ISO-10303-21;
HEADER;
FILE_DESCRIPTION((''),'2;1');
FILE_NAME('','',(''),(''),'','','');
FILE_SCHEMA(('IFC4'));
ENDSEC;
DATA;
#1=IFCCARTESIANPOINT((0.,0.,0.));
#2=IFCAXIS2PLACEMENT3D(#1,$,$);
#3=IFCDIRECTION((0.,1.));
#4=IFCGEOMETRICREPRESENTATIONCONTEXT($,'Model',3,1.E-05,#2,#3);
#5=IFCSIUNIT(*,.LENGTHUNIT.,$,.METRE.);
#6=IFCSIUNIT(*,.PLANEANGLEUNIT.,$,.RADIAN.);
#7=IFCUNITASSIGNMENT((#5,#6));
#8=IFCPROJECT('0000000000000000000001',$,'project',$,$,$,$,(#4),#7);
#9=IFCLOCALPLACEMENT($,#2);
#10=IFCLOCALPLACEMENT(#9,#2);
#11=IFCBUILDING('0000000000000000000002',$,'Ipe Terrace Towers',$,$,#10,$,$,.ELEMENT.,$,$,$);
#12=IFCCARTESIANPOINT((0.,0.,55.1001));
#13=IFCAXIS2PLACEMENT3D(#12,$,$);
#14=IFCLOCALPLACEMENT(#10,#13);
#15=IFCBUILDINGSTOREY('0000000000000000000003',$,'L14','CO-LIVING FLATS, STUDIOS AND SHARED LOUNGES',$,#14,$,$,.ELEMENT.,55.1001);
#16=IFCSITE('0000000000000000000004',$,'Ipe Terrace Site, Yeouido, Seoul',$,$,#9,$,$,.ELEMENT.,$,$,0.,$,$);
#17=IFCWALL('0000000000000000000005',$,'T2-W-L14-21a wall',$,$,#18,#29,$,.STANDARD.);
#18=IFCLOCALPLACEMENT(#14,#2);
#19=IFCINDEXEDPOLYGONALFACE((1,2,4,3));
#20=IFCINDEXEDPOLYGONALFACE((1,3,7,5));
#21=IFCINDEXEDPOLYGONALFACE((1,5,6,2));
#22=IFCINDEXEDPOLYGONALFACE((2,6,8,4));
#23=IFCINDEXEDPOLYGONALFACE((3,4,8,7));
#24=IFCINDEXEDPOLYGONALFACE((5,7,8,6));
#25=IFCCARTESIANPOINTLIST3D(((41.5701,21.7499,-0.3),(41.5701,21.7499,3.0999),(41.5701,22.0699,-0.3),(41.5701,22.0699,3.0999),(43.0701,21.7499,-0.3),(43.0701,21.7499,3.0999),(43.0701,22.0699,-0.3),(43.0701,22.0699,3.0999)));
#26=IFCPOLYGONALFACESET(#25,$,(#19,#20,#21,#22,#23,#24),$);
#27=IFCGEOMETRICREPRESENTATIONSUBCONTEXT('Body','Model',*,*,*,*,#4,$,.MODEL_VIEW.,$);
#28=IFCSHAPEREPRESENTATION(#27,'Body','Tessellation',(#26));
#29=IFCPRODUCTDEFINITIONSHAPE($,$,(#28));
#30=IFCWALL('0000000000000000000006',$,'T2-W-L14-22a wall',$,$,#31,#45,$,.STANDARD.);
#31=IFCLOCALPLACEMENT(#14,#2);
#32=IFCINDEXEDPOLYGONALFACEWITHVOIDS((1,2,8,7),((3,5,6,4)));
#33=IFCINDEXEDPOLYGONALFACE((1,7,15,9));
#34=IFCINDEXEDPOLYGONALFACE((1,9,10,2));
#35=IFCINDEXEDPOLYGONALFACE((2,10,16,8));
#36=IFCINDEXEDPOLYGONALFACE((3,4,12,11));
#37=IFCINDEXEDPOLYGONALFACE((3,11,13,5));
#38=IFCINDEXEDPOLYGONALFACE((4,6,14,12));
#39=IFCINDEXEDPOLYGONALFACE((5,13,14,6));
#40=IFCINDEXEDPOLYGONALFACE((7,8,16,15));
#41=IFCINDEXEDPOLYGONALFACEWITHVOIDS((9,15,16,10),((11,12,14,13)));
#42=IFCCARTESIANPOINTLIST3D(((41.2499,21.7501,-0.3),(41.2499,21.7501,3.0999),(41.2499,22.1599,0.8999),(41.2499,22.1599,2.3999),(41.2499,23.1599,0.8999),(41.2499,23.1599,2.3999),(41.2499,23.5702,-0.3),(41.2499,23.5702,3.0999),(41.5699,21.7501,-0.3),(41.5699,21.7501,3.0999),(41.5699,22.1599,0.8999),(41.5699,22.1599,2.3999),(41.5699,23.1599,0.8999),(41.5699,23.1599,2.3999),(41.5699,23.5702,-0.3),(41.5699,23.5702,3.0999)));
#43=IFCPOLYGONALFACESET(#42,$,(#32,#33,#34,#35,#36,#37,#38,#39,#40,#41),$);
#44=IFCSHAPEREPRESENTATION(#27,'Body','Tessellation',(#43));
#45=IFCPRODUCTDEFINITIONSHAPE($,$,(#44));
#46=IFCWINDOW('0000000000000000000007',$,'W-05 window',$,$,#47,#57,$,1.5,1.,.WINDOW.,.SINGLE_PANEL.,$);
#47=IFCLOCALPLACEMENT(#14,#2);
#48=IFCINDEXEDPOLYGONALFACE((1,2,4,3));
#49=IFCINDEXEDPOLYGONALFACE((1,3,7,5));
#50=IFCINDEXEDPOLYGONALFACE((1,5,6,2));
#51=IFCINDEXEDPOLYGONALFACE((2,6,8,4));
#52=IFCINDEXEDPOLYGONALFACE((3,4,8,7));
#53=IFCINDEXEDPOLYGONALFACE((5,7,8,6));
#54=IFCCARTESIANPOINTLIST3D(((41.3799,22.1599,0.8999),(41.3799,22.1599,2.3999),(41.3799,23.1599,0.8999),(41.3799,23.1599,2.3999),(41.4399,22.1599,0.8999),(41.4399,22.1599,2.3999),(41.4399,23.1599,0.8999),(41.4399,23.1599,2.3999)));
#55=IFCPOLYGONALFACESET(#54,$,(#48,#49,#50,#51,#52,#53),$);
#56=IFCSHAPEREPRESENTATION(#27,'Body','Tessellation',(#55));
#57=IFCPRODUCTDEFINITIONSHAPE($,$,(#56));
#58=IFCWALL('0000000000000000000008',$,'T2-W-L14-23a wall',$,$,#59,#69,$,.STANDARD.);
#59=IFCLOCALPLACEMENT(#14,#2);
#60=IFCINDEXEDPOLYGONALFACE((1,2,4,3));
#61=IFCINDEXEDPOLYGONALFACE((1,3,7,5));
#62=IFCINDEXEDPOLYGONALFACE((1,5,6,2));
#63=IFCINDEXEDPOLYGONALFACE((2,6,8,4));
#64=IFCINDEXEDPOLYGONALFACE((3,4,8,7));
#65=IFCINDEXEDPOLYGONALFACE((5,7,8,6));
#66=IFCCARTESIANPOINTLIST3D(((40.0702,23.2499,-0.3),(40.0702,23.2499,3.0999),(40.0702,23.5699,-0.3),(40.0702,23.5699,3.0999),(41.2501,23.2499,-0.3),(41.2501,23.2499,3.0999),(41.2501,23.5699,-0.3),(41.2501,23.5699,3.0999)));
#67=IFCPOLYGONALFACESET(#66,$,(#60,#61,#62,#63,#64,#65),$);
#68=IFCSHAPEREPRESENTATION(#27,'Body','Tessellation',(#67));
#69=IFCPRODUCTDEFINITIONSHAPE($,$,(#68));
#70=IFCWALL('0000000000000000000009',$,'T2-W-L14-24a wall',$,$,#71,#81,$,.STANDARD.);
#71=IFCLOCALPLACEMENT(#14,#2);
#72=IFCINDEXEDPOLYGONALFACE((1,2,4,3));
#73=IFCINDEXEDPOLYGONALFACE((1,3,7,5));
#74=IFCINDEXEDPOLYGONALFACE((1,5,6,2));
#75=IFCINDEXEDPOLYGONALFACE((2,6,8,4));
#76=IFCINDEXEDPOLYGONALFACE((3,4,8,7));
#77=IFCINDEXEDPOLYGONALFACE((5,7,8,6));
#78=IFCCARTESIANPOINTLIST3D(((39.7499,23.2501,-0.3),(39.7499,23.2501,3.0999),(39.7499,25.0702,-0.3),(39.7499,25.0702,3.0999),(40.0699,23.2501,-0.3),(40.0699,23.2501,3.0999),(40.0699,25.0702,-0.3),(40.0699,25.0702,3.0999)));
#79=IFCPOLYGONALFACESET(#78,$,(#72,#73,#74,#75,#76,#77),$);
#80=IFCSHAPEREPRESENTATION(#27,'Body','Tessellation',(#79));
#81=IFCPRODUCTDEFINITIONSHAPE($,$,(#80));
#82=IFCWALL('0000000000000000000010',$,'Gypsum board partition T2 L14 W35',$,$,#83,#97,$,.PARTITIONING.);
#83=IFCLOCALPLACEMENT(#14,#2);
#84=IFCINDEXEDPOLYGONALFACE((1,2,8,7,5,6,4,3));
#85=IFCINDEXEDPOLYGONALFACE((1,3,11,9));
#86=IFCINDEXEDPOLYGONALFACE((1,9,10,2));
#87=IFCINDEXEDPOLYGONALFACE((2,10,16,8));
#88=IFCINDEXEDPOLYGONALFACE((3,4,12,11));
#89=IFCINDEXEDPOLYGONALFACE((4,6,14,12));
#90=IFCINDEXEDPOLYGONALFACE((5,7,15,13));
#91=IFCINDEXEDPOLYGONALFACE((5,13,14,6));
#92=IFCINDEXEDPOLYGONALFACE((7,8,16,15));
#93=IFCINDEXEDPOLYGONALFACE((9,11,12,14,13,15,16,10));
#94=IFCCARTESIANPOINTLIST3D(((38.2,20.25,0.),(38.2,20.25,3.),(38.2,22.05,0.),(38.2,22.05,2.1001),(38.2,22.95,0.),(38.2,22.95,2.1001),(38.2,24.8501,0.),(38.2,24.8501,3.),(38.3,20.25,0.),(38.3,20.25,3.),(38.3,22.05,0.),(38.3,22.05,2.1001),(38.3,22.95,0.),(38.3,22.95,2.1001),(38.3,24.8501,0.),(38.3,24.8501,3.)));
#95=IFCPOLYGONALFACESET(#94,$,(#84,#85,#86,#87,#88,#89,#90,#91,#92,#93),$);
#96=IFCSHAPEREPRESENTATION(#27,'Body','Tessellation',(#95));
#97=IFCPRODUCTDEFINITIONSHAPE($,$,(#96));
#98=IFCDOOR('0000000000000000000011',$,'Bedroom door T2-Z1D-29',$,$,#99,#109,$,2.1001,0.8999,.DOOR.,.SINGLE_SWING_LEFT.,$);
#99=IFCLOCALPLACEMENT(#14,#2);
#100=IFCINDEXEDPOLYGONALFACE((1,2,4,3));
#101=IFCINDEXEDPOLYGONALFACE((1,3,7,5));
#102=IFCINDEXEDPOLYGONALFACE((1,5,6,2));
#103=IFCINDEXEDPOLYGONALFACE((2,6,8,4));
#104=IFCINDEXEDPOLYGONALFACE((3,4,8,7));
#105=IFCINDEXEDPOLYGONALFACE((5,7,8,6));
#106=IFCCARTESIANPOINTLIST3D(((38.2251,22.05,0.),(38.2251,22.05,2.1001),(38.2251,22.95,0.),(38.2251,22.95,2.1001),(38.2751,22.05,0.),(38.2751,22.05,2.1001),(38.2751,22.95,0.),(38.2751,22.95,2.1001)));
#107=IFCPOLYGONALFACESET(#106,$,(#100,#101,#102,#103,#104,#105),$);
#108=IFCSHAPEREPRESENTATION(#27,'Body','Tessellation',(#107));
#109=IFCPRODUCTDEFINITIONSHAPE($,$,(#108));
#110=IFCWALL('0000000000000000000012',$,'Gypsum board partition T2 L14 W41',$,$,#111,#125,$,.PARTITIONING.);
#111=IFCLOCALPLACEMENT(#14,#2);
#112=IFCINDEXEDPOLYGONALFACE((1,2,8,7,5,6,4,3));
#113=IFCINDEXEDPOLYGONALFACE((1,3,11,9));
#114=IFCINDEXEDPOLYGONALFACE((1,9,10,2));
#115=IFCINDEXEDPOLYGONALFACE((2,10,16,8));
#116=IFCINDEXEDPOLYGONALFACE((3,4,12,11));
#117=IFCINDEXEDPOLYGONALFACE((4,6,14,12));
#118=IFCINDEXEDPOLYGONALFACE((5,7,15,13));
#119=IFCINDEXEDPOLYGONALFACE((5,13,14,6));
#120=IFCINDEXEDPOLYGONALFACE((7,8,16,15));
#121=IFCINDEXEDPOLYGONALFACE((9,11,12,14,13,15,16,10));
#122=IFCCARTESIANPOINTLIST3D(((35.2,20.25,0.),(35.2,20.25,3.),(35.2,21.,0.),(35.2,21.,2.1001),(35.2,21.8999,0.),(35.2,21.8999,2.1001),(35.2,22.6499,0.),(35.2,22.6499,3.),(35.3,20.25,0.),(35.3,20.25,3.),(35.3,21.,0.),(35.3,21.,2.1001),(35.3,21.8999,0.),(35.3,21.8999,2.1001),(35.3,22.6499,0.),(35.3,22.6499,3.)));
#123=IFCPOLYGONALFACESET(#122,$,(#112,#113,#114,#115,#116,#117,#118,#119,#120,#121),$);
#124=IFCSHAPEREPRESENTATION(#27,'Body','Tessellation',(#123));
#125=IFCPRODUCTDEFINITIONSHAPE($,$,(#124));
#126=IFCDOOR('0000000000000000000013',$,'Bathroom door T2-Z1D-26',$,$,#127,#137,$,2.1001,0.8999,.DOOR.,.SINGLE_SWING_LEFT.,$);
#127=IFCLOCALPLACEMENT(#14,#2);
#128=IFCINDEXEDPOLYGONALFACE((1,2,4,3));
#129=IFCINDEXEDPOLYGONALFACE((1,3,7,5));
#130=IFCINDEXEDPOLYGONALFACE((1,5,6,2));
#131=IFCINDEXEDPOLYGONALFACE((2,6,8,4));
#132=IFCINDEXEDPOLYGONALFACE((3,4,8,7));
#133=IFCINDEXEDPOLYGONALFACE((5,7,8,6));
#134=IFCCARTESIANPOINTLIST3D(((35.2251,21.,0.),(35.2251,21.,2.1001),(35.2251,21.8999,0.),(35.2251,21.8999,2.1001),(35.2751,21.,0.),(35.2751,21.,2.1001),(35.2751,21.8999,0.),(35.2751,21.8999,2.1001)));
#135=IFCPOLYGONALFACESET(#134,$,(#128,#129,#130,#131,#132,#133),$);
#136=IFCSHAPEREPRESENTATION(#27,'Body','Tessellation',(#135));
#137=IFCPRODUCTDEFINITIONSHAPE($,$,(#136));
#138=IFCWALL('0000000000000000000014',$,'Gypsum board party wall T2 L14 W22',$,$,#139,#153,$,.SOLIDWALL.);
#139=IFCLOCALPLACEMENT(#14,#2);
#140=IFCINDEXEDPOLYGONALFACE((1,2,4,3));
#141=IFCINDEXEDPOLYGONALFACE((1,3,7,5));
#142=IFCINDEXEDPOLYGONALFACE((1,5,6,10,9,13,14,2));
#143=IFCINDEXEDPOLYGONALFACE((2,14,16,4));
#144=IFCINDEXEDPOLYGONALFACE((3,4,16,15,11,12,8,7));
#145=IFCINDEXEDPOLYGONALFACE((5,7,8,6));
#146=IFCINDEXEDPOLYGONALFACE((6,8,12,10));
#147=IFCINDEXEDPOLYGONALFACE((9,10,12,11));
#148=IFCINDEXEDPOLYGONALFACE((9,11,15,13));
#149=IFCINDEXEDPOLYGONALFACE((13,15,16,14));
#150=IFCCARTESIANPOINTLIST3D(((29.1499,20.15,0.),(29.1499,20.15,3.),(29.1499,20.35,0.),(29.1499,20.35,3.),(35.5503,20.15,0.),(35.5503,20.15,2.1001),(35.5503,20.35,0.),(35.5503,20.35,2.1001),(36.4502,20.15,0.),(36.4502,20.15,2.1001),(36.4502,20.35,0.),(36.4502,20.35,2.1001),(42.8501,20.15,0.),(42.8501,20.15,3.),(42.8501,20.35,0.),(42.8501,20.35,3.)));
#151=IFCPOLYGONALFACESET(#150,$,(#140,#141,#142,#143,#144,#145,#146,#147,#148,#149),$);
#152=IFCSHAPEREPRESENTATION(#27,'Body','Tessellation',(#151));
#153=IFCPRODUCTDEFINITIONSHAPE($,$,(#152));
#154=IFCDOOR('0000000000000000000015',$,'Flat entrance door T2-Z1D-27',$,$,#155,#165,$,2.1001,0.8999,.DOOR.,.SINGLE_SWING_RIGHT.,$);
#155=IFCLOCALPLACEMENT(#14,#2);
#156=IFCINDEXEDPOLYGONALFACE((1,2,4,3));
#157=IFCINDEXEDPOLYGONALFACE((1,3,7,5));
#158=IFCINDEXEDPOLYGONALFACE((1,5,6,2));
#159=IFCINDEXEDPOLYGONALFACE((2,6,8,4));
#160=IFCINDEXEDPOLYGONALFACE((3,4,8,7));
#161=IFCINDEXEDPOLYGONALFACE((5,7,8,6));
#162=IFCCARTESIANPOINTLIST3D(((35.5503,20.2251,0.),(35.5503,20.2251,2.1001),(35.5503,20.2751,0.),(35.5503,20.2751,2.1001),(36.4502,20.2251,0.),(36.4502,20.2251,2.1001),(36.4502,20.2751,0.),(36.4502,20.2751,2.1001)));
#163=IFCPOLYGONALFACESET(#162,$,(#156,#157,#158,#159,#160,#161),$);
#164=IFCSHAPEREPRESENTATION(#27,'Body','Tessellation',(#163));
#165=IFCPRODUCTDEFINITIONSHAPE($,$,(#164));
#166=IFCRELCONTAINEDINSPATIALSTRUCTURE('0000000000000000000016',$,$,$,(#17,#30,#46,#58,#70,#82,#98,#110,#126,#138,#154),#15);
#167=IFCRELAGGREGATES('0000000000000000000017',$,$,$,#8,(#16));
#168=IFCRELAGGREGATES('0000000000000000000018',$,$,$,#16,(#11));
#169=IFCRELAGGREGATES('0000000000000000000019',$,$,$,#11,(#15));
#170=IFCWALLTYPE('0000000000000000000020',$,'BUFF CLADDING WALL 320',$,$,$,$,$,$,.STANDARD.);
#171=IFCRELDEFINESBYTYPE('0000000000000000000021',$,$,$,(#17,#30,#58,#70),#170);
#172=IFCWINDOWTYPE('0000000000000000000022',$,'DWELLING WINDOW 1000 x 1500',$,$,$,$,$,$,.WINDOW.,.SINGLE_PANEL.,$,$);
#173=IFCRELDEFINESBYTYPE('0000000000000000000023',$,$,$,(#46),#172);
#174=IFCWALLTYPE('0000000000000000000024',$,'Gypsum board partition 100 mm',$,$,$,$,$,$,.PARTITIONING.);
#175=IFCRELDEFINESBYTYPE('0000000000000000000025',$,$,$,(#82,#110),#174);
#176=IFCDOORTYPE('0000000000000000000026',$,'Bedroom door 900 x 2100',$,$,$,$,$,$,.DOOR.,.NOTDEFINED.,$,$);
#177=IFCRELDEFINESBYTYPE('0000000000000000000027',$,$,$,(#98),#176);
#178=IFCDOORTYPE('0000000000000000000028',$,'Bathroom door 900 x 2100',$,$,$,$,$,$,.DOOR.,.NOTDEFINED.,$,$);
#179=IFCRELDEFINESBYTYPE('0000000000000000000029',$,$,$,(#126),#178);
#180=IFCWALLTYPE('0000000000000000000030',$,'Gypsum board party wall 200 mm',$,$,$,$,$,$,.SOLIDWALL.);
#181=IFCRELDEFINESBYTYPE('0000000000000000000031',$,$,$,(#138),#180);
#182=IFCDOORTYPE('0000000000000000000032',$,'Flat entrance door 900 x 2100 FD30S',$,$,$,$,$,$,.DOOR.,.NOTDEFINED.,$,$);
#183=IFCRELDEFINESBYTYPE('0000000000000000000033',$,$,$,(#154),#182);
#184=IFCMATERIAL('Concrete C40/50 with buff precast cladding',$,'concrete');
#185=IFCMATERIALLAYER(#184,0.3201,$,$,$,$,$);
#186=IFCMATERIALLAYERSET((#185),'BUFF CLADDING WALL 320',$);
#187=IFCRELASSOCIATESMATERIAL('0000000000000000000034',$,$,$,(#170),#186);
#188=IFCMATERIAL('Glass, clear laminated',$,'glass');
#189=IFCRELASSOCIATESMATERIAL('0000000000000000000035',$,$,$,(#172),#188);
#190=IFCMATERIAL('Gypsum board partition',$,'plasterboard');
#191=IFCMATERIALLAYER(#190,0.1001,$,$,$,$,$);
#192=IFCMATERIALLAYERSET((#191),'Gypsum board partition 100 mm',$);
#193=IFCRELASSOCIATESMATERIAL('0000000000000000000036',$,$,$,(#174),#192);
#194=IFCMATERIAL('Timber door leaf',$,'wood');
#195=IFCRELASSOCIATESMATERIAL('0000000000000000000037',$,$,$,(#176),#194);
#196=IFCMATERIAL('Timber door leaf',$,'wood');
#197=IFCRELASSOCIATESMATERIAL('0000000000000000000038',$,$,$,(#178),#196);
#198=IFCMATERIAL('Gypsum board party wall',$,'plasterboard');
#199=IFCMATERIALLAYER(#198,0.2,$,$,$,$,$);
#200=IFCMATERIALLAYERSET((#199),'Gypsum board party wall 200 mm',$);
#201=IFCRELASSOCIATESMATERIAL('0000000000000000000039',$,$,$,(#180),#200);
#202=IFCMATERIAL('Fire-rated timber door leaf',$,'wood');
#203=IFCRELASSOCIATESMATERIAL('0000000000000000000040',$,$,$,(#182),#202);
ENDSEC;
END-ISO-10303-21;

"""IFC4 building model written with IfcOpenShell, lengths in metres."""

from ifc_helpers import new_model, si_unit, direction, frame, frame_2d, origin, place, context, subcontext, project, spatial, rectangle, extrude, material, layer, layer_set, type_object, element, fill, save


model = new_model("IFC4")

# Units and contexts
model_context = context("Model", 3, precision=1e-05, world=origin(), true_north=direction((0.0, 1.0)))
body_context = subcontext(model_context, "Body", "Model", "MODEL_VIEW")
ifc_project = project(units=[si_unit("LENGTHUNIT", "METRE"), si_unit("PLANEANGLEUNIT", "RADIAN")], contexts=[model_context])

# Site, building, storey
site_placement = place(None, origin())
site = spatial("IfcSite", under=ifc_project, at=site_placement, Name="Ipe Terrace Site, Yeouido, Seoul", CompositionType="ELEMENT", RefElevation=0.0)
building_placement = place(site_placement, origin())
building = spatial("IfcBuilding", under=site, at=building_placement, Name="Ipe Terrace Towers", CompositionType="ELEMENT")
storey_placement = place(building_placement, frame((0.0, 0.0, 55.1001)))
storey = spatial("IfcBuildingStorey", under=building, at=storey_placement, Name="L14", Description="CO-LIVING FLATS, STUDIOS AND SHARED LOUNGES", CompositionType="ELEMENT", Elevation=55.1001)

# Wall
ifc_material_1 = material(Name="Concrete C40/50 with buff precast cladding", Category="concrete")
ifc_layer_1 = layer(ifc_material_1, 0.3201)
ifc_layer_set_1 = layer_set([ifc_layer_1], Name="BUFF CLADDING WALL 320")
wall_type_1 = type_object("IfcWallType", Name="BUFF CLADDING WALL 320", PredefinedType="STANDARD", material=ifc_layer_set_1)
wall_1_placement = place(storey_placement, frame((43.0701, 21.9099, -0.3), z_axis=(0.0, 0.0, 1.0), x_axis=(-1.0, 0.0, 0.0)))
element("IfcWall", 1, at=wall_1_placement, inside=storey, type_object=wall_type_1, Name="T2-W-L14-21a wall", PredefinedType="STANDARD", context=body_context, shape_type="SweptSolid", body=[
    extrude(rectangle(XDim=1.5, YDim=0.3201, at=frame_2d((0.75, 0.0))), origin(), (0.0, 0.0, 1.0), 3.3999),
])

# Wall, opening, window
wall_2_placement = place(storey_placement, frame((41.4099, 21.75, -0.3), z_axis=(0.0, 0.0, 1.0), x_axis=(0.0, 1.0, 0.0)))
wall_2 = element("IfcWall", 2, at=wall_2_placement, inside=storey, type_object=wall_type_1, Name="T2-W-L14-22a wall", PredefinedType="STANDARD", context=body_context, shape_type="SweptSolid", body=[
    extrude(rectangle(XDim=1.8201, YDim=0.3201, at=frame_2d((0.9102, 0.0))), origin(), (0.0, 0.0, 1.0), 3.3999),
])
opening_1_placement = place(wall_2_placement, frame((0.4099, 0.0, 1.2)))
opening_1 = element("IfcOpeningElement", 3, at=opening_1_placement, cuts=wall_2, PredefinedType="OPENING", context=body_context, shape_type="SweptSolid", body=[
    extrude(rectangle(XDim=1.0, YDim=1.5, at=frame_2d((0.5, 0.75))), frame((0.0, 0.1699, 0.0), z_axis=(0.0, -1.0, 0.0), x_axis=(1.0, 0.0, 0.0)), (0.0, 0.0, 1.0), 0.3401),
])
ifc_material_2 = material(Name="Glass, clear laminated", Category="glass")
window_type = type_object("IfcWindowType", Name="DWELLING WINDOW 1000 x 1500", PartitioningType="SINGLE_PANEL", PredefinedType="WINDOW", material=ifc_material_2)
window_placement = place(opening_1_placement, origin())
window = element("IfcWindow", 4, at=window_placement, inside=storey, type_object=window_type, Name="W-05 window", OverallHeight=1.5, OverallWidth=1.0, PartitioningType="SINGLE_PANEL", PredefinedType="WINDOW", context=body_context, shape_type="SweptSolid", body=[
    extrude(rectangle(XDim=1.0, YDim=1.5, at=frame_2d((0.5, 0.75))), frame((0.0, 0.03, 0.0), z_axis=(0.0, -1.0, 0.0), x_axis=(1.0, 0.0, 0.0)), (0.0, 0.0, 1.0), 0.0601),
])
fill(opening_1, window)

# Walls
wall_3_placement = place(storey_placement, frame((41.25, 23.4099, -0.3), z_axis=(0.0, 0.0, 1.0), x_axis=(-1.0, 0.0, 0.0)))
element("IfcWall", 5, at=wall_3_placement, inside=storey, type_object=wall_type_1, Name="T2-W-L14-23a wall", PredefinedType="STANDARD", context=body_context, shape_type="SweptSolid", body=[
    extrude(rectangle(XDim=1.1799, YDim=0.3201, at=frame_2d((0.5898, 0.0))), origin(), (0.0, 0.0, 1.0), 3.3999),
])
wall_4_placement = place(storey_placement, frame((39.9099, 23.25, -0.3), z_axis=(0.0, 0.0, 1.0), x_axis=(0.0, 1.0, 0.0)))
element("IfcWall", 6, at=wall_4_placement, inside=storey, type_object=wall_type_1, Name="T2-W-L14-24a wall", PredefinedType="STANDARD", context=body_context, shape_type="SweptSolid", body=[
    extrude(rectangle(XDim=1.8201, YDim=0.3201, at=frame_2d((0.9102, 0.0))), origin(), (0.0, 0.0, 1.0), 3.3999),
])

# Walls, openings, doors
ifc_material_3 = material(Name="Gypsum board partition", Category="plasterboard")
ifc_layer_2 = layer(ifc_material_3, 0.1001)
ifc_layer_set_2 = layer_set([ifc_layer_2], Name="Gypsum board partition 100 mm")
wall_type_2 = type_object("IfcWallType", Name="Gypsum board partition 100 mm", PredefinedType="PARTITIONING", material=ifc_layer_set_2)
wall_5_placement = place(storey_placement, frame((38.25, 20.25, 0.0), z_axis=(0.0, 0.0, 1.0), x_axis=(0.0, 1.0, 0.0)))
wall_5 = element("IfcWall", 7, at=wall_5_placement, inside=storey, type_object=wall_type_2, Name="Gypsum board partition T2 L14 W35", PredefinedType="PARTITIONING", context=body_context, shape_type="SweptSolid", body=[
    extrude(rectangle(XDim=4.6001, YDim=0.1001, at=frame_2d((2.3, 0.0))), origin(), (0.0, 0.0, 1.0), 3.0),
])
opening_2_placement = place(wall_5_placement, frame((1.8, 0.0, 0.0)))
opening_2 = element("IfcOpeningElement", 8, at=opening_2_placement, cuts=wall_5, PredefinedType="OPENING", context=body_context, shape_type="SweptSolid", body=[
    extrude(rectangle(XDim=0.8999, YDim=2.1001, at=frame_2d((0.45, 1.05))), frame((0.0, 0.0601, 0.0), z_axis=(0.0, -1.0, 0.0), x_axis=(1.0, 0.0, 0.0)), (0.0, 0.0, 1.0), 0.1201),
])
ifc_material_4 = material(Name="Timber door leaf", Category="wood")
door_type_1 = type_object("IfcDoorType", Name="Bedroom door 900 x 2100", OperationType="NOTDEFINED", PredefinedType="DOOR", material=ifc_material_4)
door_1_placement = place(opening_2_placement, origin())
door_1 = element("IfcDoor", 9, at=door_1_placement, inside=storey, type_object=door_type_1, Name="Bedroom door T2-Z1D-29", OperationType="SINGLE_SWING_LEFT", OverallHeight=2.1001, OverallWidth=0.8999, PredefinedType="DOOR", context=body_context, shape_type="SweptSolid", body=[
    extrude(rectangle(XDim=0.8999, YDim=2.1001, at=frame_2d((0.45, 1.05))), frame((0.0, 0.0249, 0.0), z_axis=(0.0, -1.0, 0.0), x_axis=(1.0, 0.0, 0.0)), (0.0, 0.0, 1.0), 0.05),
])
fill(opening_2, door_1)
wall_6_placement = place(storey_placement, frame((35.25, 20.25, 0.0), z_axis=(0.0, 0.0, 1.0), x_axis=(0.0, 1.0, 0.0)))
wall_6 = element("IfcWall", 10, at=wall_6_placement, inside=storey, type_object=wall_type_2, Name="Gypsum board partition T2 L14 W41", PredefinedType="PARTITIONING", context=body_context, shape_type="SweptSolid", body=[
    extrude(rectangle(XDim=2.3999, YDim=0.1001, at=frame_2d((1.2, 0.0))), origin(), (0.0, 0.0, 1.0), 3.0),
])
opening_3_placement = place(wall_6_placement, frame((0.75, 0.0, 0.0)))
opening_3 = element("IfcOpeningElement", 11, at=opening_3_placement, cuts=wall_6, PredefinedType="OPENING", context=body_context, shape_type="SweptSolid", body=[
    extrude(rectangle(XDim=0.8999, YDim=2.1001, at=frame_2d((0.45, 1.05))), frame((0.0, 0.0601, 0.0), z_axis=(0.0, -1.0, 0.0), x_axis=(1.0, 0.0, 0.0)), (0.0, 0.0, 1.0), 0.1201),
])
ifc_material_5 = material(Name="Timber door leaf", Category="wood")
door_type_2 = type_object("IfcDoorType", Name="Bathroom door 900 x 2100", OperationType="NOTDEFINED", PredefinedType="DOOR", material=ifc_material_5)
door_2_placement = place(opening_3_placement, origin())
door_2 = element("IfcDoor", 12, at=door_2_placement, inside=storey, type_object=door_type_2, Name="Bathroom door T2-Z1D-26", OperationType="SINGLE_SWING_LEFT", OverallHeight=2.1001, OverallWidth=0.8999, PredefinedType="DOOR", context=body_context, shape_type="SweptSolid", body=[
    extrude(rectangle(XDim=0.8999, YDim=2.1001, at=frame_2d((0.45, 1.05))), frame((0.0, 0.0249, 0.0), z_axis=(0.0, -1.0, 0.0), x_axis=(1.0, 0.0, 0.0)), (0.0, 0.0, 1.0), 0.05),
])
fill(opening_3, door_2)
ifc_material_6 = material(Name="Gypsum board party wall", Category="plasterboard")
ifc_layer_3 = layer(ifc_material_6, 0.2)
ifc_layer_set_3 = layer_set([ifc_layer_3], Name="Gypsum board party wall 200 mm")
wall_type_3 = type_object("IfcWallType", Name="Gypsum board party wall 200 mm", PredefinedType="SOLIDWALL", material=ifc_layer_set_3)
wall_7_placement = place(storey_placement, frame((42.8501, 20.25, 0.0), z_axis=(0.0, 0.0, 1.0), x_axis=(-1.0, 0.0, 0.0)))
wall_7 = element("IfcWall", 13, at=wall_7_placement, inside=storey, type_object=wall_type_3, Name="Gypsum board party wall T2 L14 W22", PredefinedType="SOLIDWALL", context=body_context, shape_type="SweptSolid", body=[
    extrude(rectangle(XDim=13.7002, YDim=0.2, at=frame_2d((6.8501, 0.0))), origin(), (0.0, 0.0, 1.0), 3.0),
])
opening_4_placement = place(wall_7_placement, frame((6.3999, 0.0, 0.0)))
opening_4 = element("IfcOpeningElement", 14, at=opening_4_placement, cuts=wall_7, PredefinedType="OPENING", context=body_context, shape_type="SweptSolid", body=[
    extrude(rectangle(XDim=0.8999, YDim=2.1001, at=frame_2d((0.45, 1.05))), frame((0.0, 0.1099, 0.0), z_axis=(0.0, -1.0, 0.0), x_axis=(1.0, 0.0, 0.0)), (0.0, 0.0, 1.0), 0.22),
])
ifc_material_7 = material(Name="Fire-rated timber door leaf", Category="wood")
door_type_3 = type_object("IfcDoorType", Name="Flat entrance door 900 x 2100 FD30S", OperationType="NOTDEFINED", PredefinedType="DOOR", material=ifc_material_7)
door_3_placement = place(opening_4_placement, origin())
door_3 = element("IfcDoor", 15, at=door_3_placement, inside=storey, type_object=door_type_3, Name="Flat entrance door T2-Z1D-27", OperationType="SINGLE_SWING_RIGHT", OverallHeight=2.1001, OverallWidth=0.8999, PredefinedType="DOOR", context=body_context, shape_type="SweptSolid", body=[
    extrude(rectangle(XDim=0.8999, YDim=2.1001, at=frame_2d((0.45, 1.05))), frame((0.0, 0.0249, 0.0), z_axis=(0.0, -1.0, 0.0), x_axis=(1.0, 0.0, 0.0)), (0.0, 0.0, 1.0), 0.05),
])
fill(opening_4, door_3)

save(model, "model.ifc")
